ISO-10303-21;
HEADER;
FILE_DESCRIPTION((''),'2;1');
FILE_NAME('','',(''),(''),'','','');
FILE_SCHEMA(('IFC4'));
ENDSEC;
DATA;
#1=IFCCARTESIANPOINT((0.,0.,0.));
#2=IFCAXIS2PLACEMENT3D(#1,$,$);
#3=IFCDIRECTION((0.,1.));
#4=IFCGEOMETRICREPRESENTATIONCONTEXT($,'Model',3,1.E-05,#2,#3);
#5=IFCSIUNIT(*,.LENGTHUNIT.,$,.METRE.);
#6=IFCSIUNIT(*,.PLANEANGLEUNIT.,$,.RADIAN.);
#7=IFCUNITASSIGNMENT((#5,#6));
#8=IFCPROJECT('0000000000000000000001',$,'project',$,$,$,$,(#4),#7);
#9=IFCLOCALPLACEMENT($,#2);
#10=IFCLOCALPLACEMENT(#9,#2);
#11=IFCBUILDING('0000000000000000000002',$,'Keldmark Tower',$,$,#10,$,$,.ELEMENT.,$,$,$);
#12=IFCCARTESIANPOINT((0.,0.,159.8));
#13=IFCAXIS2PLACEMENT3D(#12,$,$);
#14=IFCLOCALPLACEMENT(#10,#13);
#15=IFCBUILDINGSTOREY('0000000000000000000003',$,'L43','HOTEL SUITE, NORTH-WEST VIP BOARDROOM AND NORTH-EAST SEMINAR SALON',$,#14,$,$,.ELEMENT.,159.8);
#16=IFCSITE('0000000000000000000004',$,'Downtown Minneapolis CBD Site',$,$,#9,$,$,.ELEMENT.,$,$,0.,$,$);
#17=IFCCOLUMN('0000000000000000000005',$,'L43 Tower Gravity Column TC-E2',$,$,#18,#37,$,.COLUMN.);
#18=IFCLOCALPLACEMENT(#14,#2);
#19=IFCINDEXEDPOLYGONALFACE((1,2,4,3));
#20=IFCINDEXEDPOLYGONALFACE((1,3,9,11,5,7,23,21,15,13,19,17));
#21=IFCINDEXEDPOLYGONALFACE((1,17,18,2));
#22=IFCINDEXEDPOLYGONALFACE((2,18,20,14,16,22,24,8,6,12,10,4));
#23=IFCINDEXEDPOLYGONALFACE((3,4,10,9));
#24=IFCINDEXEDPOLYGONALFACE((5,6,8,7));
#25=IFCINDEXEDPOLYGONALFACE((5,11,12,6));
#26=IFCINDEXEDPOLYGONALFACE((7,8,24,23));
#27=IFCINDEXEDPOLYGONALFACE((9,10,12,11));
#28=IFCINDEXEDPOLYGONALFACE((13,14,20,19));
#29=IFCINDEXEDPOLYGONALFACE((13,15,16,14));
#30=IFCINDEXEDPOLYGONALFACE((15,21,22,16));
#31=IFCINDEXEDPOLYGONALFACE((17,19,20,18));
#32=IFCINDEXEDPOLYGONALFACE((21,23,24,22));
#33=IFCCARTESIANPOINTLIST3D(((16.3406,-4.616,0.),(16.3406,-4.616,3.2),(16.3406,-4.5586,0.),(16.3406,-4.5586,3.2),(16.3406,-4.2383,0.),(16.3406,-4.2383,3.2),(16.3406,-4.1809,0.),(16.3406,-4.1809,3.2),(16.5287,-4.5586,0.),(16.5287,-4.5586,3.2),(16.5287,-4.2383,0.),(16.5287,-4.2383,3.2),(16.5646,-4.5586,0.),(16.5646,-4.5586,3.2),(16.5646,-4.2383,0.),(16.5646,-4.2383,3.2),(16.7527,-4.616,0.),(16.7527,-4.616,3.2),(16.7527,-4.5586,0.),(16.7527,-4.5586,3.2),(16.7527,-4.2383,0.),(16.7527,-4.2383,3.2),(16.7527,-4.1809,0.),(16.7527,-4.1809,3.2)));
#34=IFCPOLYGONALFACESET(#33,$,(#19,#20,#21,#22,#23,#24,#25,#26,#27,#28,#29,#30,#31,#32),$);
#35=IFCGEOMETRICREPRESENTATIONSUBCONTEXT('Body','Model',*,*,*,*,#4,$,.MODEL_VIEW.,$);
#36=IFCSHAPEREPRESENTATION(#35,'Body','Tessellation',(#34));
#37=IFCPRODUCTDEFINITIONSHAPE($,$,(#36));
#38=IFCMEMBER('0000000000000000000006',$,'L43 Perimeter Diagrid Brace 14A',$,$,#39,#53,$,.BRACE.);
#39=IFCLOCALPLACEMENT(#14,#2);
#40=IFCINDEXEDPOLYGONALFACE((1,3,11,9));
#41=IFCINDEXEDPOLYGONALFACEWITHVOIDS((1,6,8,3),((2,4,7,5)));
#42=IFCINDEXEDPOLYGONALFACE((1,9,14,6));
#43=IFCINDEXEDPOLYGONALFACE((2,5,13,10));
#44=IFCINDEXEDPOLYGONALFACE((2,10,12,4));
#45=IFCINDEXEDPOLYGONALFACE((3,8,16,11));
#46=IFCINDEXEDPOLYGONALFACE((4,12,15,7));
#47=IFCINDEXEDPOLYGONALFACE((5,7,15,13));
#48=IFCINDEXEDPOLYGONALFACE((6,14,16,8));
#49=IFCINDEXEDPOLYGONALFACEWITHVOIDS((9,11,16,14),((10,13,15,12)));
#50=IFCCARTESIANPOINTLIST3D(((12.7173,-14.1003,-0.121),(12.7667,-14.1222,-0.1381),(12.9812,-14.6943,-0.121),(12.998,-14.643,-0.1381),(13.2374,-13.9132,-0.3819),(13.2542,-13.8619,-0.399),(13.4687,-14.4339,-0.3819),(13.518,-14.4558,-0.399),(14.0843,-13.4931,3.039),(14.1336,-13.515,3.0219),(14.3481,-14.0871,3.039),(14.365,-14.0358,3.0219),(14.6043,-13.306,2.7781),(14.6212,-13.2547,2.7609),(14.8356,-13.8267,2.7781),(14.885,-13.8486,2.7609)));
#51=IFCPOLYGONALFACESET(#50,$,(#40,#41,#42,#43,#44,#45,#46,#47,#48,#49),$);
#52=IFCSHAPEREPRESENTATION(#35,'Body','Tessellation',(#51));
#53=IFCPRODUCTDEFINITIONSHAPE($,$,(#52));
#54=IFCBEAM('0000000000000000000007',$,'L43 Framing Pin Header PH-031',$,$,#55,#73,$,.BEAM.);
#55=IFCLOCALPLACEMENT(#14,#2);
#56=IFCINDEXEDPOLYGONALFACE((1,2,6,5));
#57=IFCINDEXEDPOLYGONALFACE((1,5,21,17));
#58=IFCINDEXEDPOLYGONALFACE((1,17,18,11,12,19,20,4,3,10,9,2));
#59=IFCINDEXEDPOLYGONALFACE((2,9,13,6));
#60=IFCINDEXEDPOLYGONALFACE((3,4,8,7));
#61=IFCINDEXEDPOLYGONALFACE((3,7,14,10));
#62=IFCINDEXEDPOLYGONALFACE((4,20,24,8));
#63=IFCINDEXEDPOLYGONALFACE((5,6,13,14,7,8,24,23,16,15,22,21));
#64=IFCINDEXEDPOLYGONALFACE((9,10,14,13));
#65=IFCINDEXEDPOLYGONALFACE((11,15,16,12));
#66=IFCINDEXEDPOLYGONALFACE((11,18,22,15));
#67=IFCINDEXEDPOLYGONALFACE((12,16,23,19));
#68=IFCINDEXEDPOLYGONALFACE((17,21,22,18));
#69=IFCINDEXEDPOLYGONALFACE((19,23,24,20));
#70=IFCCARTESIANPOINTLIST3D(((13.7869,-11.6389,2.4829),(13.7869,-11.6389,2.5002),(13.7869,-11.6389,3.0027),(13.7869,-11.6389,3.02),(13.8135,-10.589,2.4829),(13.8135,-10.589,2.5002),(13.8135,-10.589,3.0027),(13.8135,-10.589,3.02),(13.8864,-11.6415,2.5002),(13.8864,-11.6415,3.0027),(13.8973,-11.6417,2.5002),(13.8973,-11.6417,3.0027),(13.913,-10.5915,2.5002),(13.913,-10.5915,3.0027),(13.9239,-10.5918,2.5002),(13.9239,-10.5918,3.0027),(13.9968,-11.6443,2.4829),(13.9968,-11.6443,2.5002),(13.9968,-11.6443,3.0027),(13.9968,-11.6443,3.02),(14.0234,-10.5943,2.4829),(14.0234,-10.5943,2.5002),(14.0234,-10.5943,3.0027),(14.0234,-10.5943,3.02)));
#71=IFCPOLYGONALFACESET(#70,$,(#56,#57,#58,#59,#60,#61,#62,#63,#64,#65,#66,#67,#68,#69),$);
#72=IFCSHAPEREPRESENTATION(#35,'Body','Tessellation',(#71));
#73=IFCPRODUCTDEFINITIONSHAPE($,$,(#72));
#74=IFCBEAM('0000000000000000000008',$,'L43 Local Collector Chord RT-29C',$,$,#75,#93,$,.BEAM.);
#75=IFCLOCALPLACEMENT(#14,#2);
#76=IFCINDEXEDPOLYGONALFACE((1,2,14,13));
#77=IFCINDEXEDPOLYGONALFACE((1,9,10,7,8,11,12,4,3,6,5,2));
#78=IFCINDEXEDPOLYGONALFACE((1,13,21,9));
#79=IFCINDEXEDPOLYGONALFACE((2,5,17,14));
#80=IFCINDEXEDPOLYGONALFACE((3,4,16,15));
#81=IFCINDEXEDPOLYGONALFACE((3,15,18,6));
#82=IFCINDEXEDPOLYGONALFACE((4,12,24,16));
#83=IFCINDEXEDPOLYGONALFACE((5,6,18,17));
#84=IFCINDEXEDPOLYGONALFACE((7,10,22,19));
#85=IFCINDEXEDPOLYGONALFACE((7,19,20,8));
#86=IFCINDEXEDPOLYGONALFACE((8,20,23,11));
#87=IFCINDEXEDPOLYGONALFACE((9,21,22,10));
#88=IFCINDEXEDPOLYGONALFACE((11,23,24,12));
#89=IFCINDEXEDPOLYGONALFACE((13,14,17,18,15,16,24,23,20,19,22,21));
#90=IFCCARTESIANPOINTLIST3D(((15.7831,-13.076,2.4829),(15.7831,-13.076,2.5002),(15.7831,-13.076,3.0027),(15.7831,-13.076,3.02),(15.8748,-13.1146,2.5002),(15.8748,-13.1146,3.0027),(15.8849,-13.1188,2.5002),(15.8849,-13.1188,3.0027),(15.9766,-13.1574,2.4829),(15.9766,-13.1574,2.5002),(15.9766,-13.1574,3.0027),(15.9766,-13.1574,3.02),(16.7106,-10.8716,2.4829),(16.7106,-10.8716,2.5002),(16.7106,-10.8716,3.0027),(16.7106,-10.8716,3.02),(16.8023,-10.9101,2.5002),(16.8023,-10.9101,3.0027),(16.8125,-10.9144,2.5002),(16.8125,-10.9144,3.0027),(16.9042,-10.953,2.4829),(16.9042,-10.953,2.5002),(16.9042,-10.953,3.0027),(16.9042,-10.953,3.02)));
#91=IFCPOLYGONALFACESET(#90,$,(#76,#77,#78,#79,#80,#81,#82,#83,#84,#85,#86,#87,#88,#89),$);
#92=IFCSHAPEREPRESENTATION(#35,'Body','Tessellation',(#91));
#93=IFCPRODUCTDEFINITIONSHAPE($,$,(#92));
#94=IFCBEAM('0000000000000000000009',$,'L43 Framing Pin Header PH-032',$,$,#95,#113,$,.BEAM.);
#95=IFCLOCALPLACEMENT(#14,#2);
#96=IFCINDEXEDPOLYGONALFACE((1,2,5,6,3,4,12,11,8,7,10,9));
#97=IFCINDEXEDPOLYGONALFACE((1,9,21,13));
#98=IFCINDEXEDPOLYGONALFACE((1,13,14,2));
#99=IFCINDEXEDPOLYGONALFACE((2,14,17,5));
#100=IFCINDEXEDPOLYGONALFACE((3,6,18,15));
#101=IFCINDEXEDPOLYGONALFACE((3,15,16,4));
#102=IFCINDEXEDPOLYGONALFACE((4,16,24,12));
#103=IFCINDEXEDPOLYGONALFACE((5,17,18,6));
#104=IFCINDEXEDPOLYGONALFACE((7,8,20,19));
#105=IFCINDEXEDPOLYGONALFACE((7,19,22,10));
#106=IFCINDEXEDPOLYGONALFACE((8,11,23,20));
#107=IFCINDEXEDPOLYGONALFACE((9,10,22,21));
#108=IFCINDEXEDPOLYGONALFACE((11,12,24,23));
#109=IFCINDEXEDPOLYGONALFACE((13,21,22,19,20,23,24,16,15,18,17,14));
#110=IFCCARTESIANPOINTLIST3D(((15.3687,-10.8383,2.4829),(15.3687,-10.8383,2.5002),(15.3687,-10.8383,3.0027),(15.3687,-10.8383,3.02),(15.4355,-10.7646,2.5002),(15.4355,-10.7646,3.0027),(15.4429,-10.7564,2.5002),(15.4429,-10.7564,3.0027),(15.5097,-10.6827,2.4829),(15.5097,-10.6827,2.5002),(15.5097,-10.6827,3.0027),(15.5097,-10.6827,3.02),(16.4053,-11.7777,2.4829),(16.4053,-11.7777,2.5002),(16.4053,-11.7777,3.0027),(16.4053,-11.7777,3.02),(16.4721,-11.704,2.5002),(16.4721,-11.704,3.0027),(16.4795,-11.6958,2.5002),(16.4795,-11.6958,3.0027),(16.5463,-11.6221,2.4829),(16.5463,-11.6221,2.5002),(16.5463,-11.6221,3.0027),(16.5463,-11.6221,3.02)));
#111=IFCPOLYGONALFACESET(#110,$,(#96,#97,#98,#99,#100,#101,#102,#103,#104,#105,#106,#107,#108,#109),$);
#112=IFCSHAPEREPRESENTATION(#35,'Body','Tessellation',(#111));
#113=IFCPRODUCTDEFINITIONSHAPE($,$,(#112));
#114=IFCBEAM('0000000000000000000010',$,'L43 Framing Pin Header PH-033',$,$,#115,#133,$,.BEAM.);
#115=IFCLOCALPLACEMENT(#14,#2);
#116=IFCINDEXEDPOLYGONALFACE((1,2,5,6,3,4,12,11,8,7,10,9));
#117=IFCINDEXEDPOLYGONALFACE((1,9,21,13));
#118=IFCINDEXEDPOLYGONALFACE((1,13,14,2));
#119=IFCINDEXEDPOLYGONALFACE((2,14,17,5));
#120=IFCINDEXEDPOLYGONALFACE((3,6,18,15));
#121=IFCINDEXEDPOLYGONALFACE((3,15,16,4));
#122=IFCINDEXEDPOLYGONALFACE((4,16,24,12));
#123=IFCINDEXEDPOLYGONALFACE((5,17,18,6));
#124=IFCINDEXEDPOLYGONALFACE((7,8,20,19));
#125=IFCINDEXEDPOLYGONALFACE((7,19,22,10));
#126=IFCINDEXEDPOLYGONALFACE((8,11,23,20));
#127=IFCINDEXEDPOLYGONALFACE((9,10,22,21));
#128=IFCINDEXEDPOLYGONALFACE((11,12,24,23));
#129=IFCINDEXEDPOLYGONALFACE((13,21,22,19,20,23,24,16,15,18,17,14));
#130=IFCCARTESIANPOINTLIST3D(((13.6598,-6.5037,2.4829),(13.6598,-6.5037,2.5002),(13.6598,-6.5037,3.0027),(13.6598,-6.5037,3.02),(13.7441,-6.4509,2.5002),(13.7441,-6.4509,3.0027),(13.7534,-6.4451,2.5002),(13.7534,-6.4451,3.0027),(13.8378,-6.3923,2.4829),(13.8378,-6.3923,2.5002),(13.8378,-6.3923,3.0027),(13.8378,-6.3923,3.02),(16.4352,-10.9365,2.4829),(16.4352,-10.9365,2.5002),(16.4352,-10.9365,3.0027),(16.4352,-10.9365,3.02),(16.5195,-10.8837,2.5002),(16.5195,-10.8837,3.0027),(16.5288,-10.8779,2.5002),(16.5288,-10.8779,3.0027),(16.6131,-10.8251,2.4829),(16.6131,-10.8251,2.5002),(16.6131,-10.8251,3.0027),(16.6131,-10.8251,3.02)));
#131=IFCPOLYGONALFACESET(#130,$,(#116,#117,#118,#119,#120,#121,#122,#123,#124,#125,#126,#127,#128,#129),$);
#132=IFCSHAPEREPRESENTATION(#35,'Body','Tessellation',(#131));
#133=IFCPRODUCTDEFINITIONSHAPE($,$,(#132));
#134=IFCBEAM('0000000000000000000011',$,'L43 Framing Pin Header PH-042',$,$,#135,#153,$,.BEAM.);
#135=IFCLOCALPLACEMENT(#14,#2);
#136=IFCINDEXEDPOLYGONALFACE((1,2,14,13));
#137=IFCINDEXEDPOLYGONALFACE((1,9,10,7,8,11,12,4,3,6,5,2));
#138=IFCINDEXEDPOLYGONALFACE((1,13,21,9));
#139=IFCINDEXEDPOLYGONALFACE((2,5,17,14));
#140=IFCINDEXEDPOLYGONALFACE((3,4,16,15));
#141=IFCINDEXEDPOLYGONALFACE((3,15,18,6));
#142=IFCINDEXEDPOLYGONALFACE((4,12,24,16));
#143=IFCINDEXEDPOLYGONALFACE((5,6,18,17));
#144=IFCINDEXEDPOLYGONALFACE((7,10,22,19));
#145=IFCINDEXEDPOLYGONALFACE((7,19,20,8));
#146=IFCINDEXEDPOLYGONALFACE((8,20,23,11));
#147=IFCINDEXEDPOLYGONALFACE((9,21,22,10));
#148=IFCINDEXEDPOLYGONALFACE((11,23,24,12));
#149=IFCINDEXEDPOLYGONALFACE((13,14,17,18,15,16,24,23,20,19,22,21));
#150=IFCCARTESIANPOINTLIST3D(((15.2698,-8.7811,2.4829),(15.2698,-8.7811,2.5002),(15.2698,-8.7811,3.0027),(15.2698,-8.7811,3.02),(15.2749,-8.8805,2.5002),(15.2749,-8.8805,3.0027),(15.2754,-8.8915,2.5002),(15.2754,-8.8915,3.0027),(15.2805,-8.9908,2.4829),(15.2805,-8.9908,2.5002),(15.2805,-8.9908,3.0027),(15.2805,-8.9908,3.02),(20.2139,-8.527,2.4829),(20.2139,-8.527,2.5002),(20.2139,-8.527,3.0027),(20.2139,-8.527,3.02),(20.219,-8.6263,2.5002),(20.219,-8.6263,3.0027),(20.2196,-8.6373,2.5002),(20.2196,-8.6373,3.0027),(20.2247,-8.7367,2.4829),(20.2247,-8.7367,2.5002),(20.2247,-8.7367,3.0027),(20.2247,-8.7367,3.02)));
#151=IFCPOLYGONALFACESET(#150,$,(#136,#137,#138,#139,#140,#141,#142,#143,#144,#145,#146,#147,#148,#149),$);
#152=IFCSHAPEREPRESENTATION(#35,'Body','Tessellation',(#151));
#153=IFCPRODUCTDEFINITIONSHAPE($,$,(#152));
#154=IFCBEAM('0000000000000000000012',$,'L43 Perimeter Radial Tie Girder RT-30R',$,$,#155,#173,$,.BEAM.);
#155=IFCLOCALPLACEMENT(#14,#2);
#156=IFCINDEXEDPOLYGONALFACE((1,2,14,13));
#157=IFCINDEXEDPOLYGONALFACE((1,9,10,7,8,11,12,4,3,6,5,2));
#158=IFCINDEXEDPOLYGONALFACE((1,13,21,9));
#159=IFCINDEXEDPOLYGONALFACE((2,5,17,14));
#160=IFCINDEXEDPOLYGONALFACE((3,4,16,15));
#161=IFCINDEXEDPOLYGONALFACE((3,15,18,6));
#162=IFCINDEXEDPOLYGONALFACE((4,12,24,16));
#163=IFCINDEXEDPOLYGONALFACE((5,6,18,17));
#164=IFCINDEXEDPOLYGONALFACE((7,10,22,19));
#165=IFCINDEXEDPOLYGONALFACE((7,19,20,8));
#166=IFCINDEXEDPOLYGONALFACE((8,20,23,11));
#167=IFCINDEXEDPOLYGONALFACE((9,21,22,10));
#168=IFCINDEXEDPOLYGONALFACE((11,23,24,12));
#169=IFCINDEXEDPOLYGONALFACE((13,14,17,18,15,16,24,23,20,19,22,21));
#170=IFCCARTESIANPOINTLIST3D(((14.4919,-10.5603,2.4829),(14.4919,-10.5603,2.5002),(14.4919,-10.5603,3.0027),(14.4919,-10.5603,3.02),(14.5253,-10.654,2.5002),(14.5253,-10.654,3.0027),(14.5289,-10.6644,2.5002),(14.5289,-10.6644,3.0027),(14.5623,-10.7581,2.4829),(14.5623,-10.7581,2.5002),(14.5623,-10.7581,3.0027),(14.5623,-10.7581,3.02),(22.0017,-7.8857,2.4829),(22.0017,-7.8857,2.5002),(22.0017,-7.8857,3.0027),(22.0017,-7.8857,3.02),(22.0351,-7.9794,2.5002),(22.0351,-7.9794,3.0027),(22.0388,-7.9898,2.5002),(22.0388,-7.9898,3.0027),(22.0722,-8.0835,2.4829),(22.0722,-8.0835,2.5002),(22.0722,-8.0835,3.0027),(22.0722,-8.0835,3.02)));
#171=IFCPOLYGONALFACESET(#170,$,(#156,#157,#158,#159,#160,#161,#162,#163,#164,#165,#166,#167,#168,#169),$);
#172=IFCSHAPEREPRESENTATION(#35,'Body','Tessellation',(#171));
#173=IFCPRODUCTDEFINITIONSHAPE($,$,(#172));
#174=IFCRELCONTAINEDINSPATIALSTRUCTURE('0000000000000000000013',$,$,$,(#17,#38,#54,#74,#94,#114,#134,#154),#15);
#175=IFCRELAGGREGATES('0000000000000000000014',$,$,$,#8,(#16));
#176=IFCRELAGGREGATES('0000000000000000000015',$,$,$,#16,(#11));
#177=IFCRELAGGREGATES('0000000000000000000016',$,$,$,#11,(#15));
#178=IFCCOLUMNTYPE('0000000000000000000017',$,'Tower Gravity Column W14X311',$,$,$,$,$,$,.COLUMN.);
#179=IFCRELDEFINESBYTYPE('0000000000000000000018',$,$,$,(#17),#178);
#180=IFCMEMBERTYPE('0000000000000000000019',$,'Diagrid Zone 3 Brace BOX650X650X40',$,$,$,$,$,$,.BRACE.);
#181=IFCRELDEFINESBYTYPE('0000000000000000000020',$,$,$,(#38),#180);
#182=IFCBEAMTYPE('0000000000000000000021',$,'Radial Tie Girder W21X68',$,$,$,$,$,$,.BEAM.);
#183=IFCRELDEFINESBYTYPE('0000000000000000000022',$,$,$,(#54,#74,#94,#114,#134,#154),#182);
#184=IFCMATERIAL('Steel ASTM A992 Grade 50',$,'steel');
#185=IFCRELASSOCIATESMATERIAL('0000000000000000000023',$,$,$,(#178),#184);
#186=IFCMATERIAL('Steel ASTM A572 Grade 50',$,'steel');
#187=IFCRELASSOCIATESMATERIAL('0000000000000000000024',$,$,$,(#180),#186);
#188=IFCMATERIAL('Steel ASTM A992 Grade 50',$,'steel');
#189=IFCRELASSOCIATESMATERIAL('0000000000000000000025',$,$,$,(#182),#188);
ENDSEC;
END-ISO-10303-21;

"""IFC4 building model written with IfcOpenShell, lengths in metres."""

from ifc_helpers import new_model, si_unit, direction, frame, origin, origin_2d, place, context, subcontext, project, spatial, hollow_rectangle, i_section, extrude, material, material_profile, profile_set, type_object, element, save


model = new_model("IFC4")

# Units and contexts
model_context = context("Model", 3, precision=1e-05, world=origin(), true_north=direction((0.0, 1.0)))
body_context = subcontext(model_context, "Body", "Model", "MODEL_VIEW")
ifc_project = project(units=[si_unit("LENGTHUNIT", "METRE"), si_unit("PLANEANGLEUNIT", "RADIAN")], contexts=[model_context])

# Site, building, storey
site_placement = place(None, origin())
site = spatial("IfcSite", under=ifc_project, at=site_placement, Name="Downtown Minneapolis CBD Site", CompositionType="ELEMENT", RefElevation=0.0)
building_placement = place(site_placement, origin())
building = spatial("IfcBuilding", under=site, at=building_placement, Name="Keldmark Tower", CompositionType="ELEMENT")
storey_placement = place(building_placement, frame((0.0, 0.0, 159.8)))
storey = spatial("IfcBuildingStorey", under=building, at=storey_placement, Name="L43", Description="HOTEL SUITE, NORTH-WEST VIP BOARDROOM AND NORTH-EAST SEMINAR SALON", CompositionType="ELEMENT", Elevation=159.8)

# Column
ifc_material_1 = material(Name="Steel ASTM A992 Grade 50", Category="steel")
ifc_material_profile_1 = material_profile(ifc_material_1, i_section(OverallWidth=0.4121, OverallDepth=0.4351, WebThickness=0.0359, FlangeThickness=0.0574, at=origin_2d()), Name="W14X311")
ifc_profile_set_1 = profile_set([ifc_material_profile_1], Name="Steel ASTM A992 Grade 50")
column_type = type_object("IfcColumnType", Name="Tower Gravity Column W14X311", PredefinedType="COLUMN", material=ifc_profile_set_1)
column_placement = place(storey_placement, frame((16.5466, -4.3984, 0.0), z_axis=(0.0, 0.0, 1.0), x_axis=(1.0, 0.0, 0.0)))
element("IfcColumn", 1, at=column_placement, inside=storey, type_object=column_type, Name="L43 Tower Gravity Column TC-E2", PredefinedType="COLUMN", context=body_context, shape_type="SweptSolid", body=[
    extrude(i_section(OverallWidth=0.4121, OverallDepth=0.4351, WebThickness=0.0359, FlangeThickness=0.0574, at=origin_2d()), origin(), (0.0, 0.0, 1.0), 3.2),
])

# Member
ifc_material_2 = material(Name="Steel ASTM A572 Grade 50", Category="steel")
ifc_material_profile_2 = material_profile(ifc_material_2, hollow_rectangle(XDim=0.6499, YDim=0.6499, WallThickness=0.04, at=origin_2d()), Name="BOX650X650X40")
ifc_profile_set_2 = profile_set([ifc_material_profile_2], Name="Steel ASTM A572 Grade 50")
member_type = type_object("IfcMemberType", Name="Diagrid Zone 3 Brace BOX650X650X40", PredefinedType="BRACE", material=ifc_profile_set_2)
member_placement = place(storey_placement, frame((13.1177, -14.2781, -0.26), z_axis=(0.390998, 0.173676, 0.903857), x_axis=(-0.405942, 0.913899, 0.0)))
element("IfcMember", 2, at=member_placement, inside=storey, type_object=member_type, Name="L43 Perimeter Diagrid Brace 14A", PredefinedType="BRACE", context=body_context, shape_type="SweptSolid", body=[
    extrude(hollow_rectangle(XDim=0.6499, YDim=0.6499, WallThickness=0.04, at=origin_2d()), origin(), (0.0, 0.0, 1.0), 3.4961),
])

# Beams
ifc_material_3 = material(Name="Steel ASTM A992 Grade 50", Category="steel")
ifc_material_profile_3 = material_profile(ifc_material_3, i_section(OverallWidth=0.21, OverallDepth=0.5371, WebThickness=0.011, FlangeThickness=0.0173, at=origin_2d()), Name="W21X68")
ifc_profile_set_3 = profile_set([ifc_material_profile_3], Name="Steel ASTM A992 Grade 50")
beam_type_1 = type_object("IfcBeamType", Name="Radial Tie Girder W21X68", PredefinedType="BEAM", material=ifc_profile_set_3)
beam_1_placement = place(storey_placement, frame((13.8918, -11.6416, 2.7515), z_axis=(0.025335, 0.999679, 0.0), x_axis=(-0.999679, 0.025335, 0.0)))
element("IfcBeam", 3, at=beam_1_placement, inside=storey, type_object=beam_type_1, Name="L43 Framing Pin Header PH-031", PredefinedType="BEAM", context=body_context, shape_type="SweptSolid", body=[
    extrude(i_section(OverallWidth=0.21, OverallDepth=0.5371, WebThickness=0.011, FlangeThickness=0.0173, at=origin_2d()), origin(), (0.0, 0.0, 1.0), 1.0503),
])
beam_2_placement = place(storey_placement, frame((15.8799, -13.1167, 2.7515), z_axis=(0.387824, 0.921733, 0.0), x_axis=(-0.921733, 0.387824, 0.0)))
element("IfcBeam", 4, at=beam_2_placement, inside=storey, type_object=beam_type_1, Name="L43 Local Collector Chord RT-29C", PredefinedType="BEAM", context=body_context, shape_type="SweptSolid", body=[
    extrude(i_section(OverallWidth=0.21, OverallDepth=0.5371, WebThickness=0.011, FlangeThickness=0.0173, at=origin_2d()), origin(), (0.0, 0.0, 1.0), 2.3916),
])
beam_3_placement = place(storey_placement, frame((15.4392, -10.7605, 2.7515), z_axis=(0.740982, -0.671525, 0.0), x_axis=(0.671525, 0.740982, 0.0)))
element("IfcBeam", 5, at=beam_3_placement, inside=storey, type_object=beam_type_1, Name="L43 Framing Pin Header PH-032", PredefinedType="BEAM", context=body_context, shape_type="SweptSolid", body=[
    extrude(i_section(OverallWidth=0.21, OverallDepth=0.5371, WebThickness=0.011, FlangeThickness=0.0173, at=origin_2d()), origin(), (0.0, 0.0, 1.0), 1.3989),
])
beam_4_placement = place(storey_placement, frame((13.7488, -6.448, 2.7515), z_axis=(0.530666, -0.847581, 0.0), x_axis=(0.847581, 0.530666, 0.0)))
element("IfcBeam", 6, at=beam_4_placement, inside=storey, type_object=beam_type_1, Name="L43 Framing Pin Header PH-033", PredefinedType="BEAM", context=body_context, shape_type="SweptSolid", body=[
    extrude(i_section(OverallWidth=0.21, OverallDepth=0.5371, WebThickness=0.011, FlangeThickness=0.0173, at=origin_2d()), origin(), (0.0, 0.0, 1.0), 5.23),
])
beam_5_placement = place(storey_placement, frame((15.2751, -8.886, 2.7515), z_axis=(0.998681, 0.051337, 0.0), x_axis=(-0.051337, 0.998681, 0.0)))
element("IfcBeam", 7, at=beam_5_placement, inside=storey, type_object=beam_type_1, Name="L43 Framing Pin Header PH-042", PredefinedType="BEAM", context=body_context, shape_type="SweptSolid", body=[
    extrude(i_section(OverallWidth=0.21, OverallDepth=0.5371, WebThickness=0.011, FlangeThickness=0.0173, at=origin_2d()), origin(), (0.0, 0.0, 1.0), 4.9507),
])
beam_6_placement = place(storey_placement, frame((14.5271, -10.6592, 2.7515), z_axis=(0.942039, 0.335502, 0.0), x_axis=(-0.335502, 0.942039, 0.0)))
element("IfcBeam", 8, at=beam_6_placement, inside=storey, type_object=beam_type_1, Name="L43 Perimeter Radial Tie Girder RT-30R", PredefinedType="BEAM", context=body_context, shape_type="SweptSolid", body=[
    extrude(i_section(OverallWidth=0.21, OverallDepth=0.5371, WebThickness=0.011, FlangeThickness=0.0173, at=origin_2d()), origin(), (0.0, 0.0, 1.0), 7.9719),
])

save(model, "model.ifc")
